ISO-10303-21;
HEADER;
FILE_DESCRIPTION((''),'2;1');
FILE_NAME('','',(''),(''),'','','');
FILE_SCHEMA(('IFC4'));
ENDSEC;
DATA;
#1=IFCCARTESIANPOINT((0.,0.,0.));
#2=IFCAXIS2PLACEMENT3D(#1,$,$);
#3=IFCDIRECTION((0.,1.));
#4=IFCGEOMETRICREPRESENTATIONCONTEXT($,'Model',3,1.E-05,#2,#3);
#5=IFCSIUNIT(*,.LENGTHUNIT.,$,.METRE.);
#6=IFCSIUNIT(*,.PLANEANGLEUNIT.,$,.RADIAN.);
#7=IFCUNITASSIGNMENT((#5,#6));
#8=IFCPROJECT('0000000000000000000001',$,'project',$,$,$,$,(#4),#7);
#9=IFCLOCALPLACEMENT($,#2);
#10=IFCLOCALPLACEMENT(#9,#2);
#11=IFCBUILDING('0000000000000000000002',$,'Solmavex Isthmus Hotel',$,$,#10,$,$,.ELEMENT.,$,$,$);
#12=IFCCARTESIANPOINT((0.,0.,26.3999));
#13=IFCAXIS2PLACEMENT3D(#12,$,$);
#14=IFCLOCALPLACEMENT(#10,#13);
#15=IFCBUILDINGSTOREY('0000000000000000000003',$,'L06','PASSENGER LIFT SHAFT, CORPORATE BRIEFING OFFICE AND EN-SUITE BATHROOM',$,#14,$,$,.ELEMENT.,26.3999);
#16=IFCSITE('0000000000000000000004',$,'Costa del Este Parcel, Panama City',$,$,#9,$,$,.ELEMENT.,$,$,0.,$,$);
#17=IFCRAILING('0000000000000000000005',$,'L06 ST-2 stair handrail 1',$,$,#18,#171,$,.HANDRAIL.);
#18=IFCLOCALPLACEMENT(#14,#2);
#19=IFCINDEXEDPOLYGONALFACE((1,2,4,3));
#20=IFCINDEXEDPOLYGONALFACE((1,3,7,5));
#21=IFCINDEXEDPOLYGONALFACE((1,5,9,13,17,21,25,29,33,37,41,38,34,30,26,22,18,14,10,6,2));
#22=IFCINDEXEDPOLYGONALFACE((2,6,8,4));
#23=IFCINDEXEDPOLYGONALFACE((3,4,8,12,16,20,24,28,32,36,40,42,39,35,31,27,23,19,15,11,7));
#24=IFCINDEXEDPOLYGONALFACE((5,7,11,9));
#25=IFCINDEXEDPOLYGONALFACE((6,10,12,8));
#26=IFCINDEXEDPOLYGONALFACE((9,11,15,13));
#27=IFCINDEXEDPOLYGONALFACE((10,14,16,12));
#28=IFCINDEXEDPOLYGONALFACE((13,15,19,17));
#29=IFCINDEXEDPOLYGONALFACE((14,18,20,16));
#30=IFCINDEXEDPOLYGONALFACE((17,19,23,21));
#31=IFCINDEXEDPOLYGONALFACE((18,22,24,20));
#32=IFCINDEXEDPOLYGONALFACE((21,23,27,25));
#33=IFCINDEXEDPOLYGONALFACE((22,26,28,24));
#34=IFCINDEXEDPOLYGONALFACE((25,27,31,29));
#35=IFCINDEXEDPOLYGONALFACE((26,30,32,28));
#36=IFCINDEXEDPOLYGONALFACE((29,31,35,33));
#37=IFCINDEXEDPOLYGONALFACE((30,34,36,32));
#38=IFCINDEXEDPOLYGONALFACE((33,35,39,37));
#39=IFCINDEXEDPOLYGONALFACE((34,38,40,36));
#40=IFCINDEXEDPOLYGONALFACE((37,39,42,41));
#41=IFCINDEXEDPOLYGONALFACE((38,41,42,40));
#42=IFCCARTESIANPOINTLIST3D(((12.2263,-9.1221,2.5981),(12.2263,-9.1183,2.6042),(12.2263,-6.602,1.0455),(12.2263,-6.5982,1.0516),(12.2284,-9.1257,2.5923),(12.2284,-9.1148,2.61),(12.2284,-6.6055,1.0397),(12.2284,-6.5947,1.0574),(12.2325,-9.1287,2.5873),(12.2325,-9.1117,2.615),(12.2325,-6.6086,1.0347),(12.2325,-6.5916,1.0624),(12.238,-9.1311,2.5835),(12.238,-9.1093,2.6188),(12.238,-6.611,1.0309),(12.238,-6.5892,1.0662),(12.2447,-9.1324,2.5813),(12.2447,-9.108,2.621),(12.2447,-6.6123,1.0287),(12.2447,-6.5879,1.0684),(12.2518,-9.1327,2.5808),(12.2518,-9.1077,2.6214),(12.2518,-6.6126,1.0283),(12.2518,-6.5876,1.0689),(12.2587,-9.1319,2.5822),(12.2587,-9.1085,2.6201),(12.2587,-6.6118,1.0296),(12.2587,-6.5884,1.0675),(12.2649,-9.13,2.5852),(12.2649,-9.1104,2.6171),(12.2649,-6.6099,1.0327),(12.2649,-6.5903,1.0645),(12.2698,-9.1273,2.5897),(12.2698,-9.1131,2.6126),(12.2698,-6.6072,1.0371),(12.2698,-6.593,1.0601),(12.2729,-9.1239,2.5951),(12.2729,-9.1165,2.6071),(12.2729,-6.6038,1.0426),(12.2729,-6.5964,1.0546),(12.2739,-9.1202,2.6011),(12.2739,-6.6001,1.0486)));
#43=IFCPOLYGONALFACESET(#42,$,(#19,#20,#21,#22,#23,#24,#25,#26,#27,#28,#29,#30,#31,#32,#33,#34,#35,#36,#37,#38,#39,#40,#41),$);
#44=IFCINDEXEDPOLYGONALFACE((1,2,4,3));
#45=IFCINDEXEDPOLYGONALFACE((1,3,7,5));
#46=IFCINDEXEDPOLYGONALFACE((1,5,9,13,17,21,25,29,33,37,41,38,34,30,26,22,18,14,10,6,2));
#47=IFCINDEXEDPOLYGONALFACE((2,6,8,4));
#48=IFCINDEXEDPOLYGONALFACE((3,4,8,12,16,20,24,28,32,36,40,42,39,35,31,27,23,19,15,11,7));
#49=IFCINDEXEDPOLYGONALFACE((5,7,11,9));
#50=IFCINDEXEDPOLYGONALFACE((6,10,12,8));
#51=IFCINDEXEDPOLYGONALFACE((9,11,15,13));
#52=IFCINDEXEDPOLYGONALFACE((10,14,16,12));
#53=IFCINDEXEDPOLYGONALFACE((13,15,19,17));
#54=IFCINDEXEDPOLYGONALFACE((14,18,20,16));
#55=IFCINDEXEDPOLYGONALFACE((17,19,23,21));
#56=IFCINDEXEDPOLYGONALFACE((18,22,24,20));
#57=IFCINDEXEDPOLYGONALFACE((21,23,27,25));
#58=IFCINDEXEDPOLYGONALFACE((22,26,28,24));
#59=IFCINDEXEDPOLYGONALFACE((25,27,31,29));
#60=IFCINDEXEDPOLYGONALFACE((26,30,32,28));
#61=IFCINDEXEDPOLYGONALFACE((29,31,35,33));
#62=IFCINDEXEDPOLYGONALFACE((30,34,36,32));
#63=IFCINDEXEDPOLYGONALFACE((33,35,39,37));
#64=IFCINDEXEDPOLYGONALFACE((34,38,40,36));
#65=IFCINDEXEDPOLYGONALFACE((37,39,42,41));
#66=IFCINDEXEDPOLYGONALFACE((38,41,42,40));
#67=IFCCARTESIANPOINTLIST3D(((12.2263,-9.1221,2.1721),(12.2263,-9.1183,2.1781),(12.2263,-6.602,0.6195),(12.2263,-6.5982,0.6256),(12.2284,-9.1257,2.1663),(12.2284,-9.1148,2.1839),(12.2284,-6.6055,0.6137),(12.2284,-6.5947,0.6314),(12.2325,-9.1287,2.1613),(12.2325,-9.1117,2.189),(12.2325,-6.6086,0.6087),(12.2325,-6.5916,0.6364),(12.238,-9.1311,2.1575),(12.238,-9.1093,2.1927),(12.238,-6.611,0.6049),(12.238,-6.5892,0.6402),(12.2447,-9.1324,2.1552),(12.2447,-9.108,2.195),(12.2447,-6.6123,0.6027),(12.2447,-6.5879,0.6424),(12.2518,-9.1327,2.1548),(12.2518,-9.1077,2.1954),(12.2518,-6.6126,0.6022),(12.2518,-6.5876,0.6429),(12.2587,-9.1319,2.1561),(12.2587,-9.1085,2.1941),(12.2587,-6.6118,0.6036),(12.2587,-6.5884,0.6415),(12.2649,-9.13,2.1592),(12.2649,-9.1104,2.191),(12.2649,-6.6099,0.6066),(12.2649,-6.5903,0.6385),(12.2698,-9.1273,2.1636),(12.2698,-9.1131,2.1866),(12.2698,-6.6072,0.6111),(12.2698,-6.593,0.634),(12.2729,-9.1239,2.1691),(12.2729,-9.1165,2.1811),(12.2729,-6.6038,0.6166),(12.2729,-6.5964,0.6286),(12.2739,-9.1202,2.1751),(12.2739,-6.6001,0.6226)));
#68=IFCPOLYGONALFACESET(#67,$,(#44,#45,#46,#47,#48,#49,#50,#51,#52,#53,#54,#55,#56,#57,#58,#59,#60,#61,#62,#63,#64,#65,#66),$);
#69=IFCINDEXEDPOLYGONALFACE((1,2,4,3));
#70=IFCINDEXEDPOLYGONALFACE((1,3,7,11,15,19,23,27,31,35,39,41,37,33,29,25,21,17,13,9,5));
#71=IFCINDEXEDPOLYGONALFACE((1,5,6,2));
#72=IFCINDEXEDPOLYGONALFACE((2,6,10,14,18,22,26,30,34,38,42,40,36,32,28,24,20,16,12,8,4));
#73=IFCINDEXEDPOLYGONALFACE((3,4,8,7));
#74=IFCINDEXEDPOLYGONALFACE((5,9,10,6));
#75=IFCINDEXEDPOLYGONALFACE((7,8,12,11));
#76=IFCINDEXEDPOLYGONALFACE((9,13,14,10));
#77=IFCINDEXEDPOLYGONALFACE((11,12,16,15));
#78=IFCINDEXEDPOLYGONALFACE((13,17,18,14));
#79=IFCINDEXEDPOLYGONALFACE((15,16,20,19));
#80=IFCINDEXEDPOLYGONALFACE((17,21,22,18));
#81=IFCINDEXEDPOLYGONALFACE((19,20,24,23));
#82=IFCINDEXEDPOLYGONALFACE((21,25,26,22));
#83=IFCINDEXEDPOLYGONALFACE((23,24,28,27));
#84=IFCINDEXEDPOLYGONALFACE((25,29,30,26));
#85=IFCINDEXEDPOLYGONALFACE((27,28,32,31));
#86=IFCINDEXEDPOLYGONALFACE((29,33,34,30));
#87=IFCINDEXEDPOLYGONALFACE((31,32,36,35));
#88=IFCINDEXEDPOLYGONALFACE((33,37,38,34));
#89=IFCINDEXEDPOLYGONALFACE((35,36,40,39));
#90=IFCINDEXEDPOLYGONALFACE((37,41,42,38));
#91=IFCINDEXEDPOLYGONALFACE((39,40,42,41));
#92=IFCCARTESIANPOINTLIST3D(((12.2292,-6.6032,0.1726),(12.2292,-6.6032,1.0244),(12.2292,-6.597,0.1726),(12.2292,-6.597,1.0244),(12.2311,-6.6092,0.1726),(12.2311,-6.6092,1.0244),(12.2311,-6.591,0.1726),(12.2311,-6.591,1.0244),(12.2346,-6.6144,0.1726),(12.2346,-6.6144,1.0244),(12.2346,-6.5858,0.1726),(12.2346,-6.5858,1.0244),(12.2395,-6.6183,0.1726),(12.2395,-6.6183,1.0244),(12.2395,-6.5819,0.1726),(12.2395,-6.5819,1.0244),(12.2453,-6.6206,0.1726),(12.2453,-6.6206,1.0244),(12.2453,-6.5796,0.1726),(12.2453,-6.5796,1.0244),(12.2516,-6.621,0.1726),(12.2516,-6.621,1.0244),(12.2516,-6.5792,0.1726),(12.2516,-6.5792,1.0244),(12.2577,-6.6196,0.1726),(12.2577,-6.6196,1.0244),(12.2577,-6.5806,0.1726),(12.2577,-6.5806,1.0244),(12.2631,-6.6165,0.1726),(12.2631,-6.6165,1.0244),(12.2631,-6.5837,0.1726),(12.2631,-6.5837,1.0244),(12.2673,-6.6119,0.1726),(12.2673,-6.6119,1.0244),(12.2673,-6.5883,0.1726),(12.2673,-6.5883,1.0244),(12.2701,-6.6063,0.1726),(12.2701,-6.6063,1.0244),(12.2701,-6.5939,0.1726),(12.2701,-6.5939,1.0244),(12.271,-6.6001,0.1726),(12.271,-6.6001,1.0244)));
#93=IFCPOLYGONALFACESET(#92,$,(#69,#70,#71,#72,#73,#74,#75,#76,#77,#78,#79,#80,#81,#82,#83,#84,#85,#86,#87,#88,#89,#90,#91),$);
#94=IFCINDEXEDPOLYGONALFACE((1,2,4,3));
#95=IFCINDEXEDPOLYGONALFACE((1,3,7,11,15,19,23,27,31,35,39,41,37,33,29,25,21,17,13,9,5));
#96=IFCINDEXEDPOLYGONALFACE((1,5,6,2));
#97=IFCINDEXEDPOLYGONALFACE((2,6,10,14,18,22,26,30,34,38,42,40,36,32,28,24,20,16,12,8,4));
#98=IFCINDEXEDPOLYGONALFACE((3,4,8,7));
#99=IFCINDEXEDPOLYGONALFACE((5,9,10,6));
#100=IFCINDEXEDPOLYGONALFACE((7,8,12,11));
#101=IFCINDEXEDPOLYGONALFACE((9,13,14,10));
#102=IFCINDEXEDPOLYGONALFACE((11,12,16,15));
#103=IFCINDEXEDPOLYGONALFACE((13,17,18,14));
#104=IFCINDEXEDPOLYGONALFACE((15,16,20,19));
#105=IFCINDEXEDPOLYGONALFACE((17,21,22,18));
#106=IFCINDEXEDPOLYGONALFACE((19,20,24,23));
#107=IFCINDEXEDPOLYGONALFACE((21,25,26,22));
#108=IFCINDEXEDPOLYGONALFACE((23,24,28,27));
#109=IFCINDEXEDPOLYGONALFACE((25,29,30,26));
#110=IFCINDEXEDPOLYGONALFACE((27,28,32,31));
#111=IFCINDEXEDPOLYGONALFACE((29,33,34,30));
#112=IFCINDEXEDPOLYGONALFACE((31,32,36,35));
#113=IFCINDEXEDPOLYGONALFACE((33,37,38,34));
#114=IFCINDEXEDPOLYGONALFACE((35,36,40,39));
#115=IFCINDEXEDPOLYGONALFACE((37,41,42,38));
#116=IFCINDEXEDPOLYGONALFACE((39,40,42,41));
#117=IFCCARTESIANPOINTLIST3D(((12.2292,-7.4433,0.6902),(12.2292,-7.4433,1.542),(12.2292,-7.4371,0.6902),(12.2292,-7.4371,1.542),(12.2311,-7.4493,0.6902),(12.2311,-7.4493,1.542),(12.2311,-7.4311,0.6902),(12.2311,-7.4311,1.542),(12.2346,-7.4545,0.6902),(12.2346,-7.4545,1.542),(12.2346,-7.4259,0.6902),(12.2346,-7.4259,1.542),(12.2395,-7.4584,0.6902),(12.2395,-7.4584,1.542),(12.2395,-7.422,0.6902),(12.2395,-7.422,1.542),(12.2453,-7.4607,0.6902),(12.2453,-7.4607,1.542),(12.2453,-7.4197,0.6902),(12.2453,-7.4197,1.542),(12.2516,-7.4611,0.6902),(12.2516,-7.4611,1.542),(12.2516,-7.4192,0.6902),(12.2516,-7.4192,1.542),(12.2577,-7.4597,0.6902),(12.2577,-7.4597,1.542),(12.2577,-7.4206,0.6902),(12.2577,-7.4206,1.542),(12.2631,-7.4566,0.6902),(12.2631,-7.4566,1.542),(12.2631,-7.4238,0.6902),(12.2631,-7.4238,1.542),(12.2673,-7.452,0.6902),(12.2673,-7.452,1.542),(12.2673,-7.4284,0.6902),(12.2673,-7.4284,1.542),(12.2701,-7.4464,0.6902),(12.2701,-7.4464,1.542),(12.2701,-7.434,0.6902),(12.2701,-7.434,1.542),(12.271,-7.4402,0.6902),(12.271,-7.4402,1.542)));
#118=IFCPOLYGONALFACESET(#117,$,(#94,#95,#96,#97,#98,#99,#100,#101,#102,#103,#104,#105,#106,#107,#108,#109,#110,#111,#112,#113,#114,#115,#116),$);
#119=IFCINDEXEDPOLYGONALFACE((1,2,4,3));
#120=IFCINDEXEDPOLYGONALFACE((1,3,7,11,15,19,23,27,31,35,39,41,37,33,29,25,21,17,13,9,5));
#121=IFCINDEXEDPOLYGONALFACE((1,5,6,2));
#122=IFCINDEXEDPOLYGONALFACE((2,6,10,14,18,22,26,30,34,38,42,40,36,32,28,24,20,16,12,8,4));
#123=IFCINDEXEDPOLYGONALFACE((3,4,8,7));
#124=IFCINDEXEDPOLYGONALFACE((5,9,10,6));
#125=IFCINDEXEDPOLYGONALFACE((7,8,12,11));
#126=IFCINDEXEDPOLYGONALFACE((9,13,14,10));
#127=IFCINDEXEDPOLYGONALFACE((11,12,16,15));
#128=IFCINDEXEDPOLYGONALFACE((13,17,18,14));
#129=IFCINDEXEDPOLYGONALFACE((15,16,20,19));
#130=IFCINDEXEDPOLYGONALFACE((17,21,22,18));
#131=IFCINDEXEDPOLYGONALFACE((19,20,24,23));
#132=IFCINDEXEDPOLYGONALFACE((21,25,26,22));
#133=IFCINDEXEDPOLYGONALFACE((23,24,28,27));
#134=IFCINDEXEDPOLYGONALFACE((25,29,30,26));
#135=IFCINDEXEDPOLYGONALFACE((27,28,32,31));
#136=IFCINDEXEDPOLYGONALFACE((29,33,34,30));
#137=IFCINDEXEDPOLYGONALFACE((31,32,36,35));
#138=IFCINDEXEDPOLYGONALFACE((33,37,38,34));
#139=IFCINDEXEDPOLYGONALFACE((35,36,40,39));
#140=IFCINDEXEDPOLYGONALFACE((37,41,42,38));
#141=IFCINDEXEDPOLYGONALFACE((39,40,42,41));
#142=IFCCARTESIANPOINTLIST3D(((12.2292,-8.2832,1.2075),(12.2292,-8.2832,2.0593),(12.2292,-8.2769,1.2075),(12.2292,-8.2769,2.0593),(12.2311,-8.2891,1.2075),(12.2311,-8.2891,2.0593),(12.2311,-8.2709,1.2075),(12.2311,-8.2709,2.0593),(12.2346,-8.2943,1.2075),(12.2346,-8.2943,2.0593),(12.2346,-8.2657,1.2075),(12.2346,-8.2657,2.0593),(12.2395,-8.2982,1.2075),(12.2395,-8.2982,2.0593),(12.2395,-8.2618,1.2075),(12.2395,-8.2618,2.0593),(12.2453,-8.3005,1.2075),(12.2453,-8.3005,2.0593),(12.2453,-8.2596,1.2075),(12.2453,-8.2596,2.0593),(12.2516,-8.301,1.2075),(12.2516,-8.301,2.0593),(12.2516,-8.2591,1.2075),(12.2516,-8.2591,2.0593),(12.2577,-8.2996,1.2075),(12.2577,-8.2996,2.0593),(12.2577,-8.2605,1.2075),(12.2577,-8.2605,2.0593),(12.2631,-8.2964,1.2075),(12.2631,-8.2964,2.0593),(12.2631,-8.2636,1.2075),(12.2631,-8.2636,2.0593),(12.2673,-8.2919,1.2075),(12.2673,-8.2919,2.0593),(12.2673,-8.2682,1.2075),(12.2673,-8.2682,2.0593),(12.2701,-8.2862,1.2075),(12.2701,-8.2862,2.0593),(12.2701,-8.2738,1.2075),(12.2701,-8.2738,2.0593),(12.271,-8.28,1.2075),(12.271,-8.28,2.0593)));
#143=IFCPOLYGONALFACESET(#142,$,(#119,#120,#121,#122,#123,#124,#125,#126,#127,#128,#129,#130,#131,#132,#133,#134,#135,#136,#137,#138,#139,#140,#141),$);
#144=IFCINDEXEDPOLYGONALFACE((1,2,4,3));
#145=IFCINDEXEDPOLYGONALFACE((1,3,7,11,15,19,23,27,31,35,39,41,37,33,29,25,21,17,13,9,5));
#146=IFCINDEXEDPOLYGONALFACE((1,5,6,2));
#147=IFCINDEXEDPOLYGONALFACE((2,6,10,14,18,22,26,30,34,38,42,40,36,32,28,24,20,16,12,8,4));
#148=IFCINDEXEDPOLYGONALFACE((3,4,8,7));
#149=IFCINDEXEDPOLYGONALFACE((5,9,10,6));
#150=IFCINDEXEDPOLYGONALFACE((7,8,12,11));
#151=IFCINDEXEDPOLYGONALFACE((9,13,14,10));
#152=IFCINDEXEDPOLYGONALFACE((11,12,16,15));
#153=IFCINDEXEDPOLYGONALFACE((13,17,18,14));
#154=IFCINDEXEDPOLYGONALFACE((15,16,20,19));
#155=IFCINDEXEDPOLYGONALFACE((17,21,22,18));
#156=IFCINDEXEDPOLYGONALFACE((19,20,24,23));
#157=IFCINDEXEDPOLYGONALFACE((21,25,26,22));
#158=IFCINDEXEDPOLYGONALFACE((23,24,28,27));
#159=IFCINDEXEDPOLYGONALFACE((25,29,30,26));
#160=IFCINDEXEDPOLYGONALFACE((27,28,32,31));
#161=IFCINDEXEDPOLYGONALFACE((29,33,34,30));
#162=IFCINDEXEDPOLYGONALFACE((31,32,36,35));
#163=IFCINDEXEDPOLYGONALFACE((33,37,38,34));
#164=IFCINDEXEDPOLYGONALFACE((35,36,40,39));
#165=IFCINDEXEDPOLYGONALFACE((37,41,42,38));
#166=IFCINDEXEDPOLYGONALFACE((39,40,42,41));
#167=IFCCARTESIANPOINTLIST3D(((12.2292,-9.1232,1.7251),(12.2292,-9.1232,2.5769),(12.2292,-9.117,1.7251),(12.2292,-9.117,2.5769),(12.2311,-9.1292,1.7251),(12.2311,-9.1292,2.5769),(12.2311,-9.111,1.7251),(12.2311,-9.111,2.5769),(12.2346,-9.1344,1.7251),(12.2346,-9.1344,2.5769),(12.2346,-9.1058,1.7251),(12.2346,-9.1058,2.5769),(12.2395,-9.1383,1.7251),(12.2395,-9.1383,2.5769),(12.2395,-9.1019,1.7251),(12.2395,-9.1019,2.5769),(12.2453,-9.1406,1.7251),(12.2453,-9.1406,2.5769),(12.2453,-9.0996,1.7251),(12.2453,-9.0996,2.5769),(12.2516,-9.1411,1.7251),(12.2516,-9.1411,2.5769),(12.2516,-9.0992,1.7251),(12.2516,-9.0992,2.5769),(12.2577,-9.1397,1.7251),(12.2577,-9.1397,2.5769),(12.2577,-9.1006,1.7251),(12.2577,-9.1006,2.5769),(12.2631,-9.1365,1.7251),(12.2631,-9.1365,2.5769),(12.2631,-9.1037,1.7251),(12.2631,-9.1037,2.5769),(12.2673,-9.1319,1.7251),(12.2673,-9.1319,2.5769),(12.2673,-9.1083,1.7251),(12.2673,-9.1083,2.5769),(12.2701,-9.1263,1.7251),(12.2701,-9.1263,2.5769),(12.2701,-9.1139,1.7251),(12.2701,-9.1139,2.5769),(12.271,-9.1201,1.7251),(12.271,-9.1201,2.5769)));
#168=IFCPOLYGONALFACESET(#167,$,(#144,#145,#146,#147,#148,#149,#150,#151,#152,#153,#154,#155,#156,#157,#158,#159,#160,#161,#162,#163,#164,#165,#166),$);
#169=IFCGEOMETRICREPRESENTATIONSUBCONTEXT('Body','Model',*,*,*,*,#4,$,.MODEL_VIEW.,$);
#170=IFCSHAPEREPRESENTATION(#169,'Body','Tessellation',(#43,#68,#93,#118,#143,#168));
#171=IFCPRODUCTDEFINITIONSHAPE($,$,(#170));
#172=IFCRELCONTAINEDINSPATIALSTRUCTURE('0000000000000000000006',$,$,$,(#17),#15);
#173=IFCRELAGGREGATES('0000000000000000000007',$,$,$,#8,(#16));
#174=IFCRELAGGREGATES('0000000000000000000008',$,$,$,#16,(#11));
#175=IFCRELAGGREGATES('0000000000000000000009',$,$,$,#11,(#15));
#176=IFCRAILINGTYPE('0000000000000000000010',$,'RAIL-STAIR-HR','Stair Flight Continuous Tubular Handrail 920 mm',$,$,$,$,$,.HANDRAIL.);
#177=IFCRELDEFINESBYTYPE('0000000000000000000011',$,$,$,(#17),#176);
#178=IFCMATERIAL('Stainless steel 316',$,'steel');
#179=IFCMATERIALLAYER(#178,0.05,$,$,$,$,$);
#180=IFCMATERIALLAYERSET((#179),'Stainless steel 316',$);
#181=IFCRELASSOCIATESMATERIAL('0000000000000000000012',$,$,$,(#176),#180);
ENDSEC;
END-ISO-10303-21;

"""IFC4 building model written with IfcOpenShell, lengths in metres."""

from ifc_helpers import new_model, si_unit, direction, frame, origin, origin_2d, place, context, subcontext, project, spatial, circle, extrude, material, layer, layer_set, type_object, element, save


model = new_model("IFC4")

# Units and contexts
model_context = context("Model", 3, precision=1e-05, world=origin(), true_north=direction((0.0, 1.0)))
body_context = subcontext(model_context, "Body", "Model", "MODEL_VIEW")
ifc_project = project(units=[si_unit("LENGTHUNIT", "METRE"), si_unit("PLANEANGLEUNIT", "RADIAN")], contexts=[model_context])

# Site, building, storey
site_placement = place(None, origin())
site = spatial("IfcSite", under=ifc_project, at=site_placement, Name="Costa del Este Parcel, Panama City", CompositionType="ELEMENT", RefElevation=0.0)
building_placement = place(site_placement, origin())
building = spatial("IfcBuilding", under=site, at=building_placement, Name="Solmavex Isthmus Hotel", CompositionType="ELEMENT")
storey_placement = place(building_placement, frame((0.0, 0.0, 26.3999)))
storey = spatial("IfcBuildingStorey", under=building, at=storey_placement, Name="L06", Description="PASSENGER LIFT SHAFT, CORPORATE BRIEFING OFFICE AND EN-SUITE BATHROOM", CompositionType="ELEMENT", Elevation=26.3999)

# Railing
ifc_material_1 = material(Name="Stainless steel 316", Category="steel")
ifc_layer_1 = layer(ifc_material_1, 0.05)
ifc_layer_set_1 = layer_set([ifc_layer_1], Name="Stainless steel 316")
railing_type_1 = type_object("IfcRailingType", Name="RAIL-STAIR-HR", Description="Stair Flight Continuous Tubular Handrail 920 mm", PredefinedType="HANDRAIL", material=ifc_layer_set_1)
railing_1_placement = place(storey_placement, frame((12.25, -6.6001, 0.1726)))
element("IfcRailing", 1, at=railing_1_placement, inside=storey, type_object=railing_type_1, Name="L06 ST-2 stair handrail 1", PredefinedType="HANDRAIL", context=body_context, shape_type="SweptSolid", body=[
    extrude(circle(Radius=0.0239, at=origin_2d()), frame((0.0, 0.0, 0.876), z_axis=(0.0, -0.8514, 0.524516), x_axis=(1.0, 0.0, 0.0)), (0.0, 0.0, 1.0), 2.96),
    extrude(circle(Radius=0.0239, at=origin_2d()), frame((0.0, 0.0, 0.45), z_axis=(0.0, -0.8514, 0.524516), x_axis=(1.0, 0.0, 0.0)), (0.0, 0.0, 1.0), 2.96),
    extrude(circle(Radius=0.021, at=origin_2d()), origin(), (0.0, 0.0, 1.0), 0.8518),
    extrude(circle(Radius=0.021, at=origin_2d()), frame((0.0, -0.8401, 0.5176)), (0.0, 0.0, 1.0), 0.8518),
    extrude(circle(Radius=0.021, at=origin_2d()), frame((0.0, -1.6799, 1.0349)), (0.0, 0.0, 1.0), 0.8518),
    extrude(circle(Radius=0.021, at=origin_2d()), frame((0.0, -2.52, 1.5525)), (0.0, 0.0, 1.0), 0.8518),
])

save(model, "model.ifc")
